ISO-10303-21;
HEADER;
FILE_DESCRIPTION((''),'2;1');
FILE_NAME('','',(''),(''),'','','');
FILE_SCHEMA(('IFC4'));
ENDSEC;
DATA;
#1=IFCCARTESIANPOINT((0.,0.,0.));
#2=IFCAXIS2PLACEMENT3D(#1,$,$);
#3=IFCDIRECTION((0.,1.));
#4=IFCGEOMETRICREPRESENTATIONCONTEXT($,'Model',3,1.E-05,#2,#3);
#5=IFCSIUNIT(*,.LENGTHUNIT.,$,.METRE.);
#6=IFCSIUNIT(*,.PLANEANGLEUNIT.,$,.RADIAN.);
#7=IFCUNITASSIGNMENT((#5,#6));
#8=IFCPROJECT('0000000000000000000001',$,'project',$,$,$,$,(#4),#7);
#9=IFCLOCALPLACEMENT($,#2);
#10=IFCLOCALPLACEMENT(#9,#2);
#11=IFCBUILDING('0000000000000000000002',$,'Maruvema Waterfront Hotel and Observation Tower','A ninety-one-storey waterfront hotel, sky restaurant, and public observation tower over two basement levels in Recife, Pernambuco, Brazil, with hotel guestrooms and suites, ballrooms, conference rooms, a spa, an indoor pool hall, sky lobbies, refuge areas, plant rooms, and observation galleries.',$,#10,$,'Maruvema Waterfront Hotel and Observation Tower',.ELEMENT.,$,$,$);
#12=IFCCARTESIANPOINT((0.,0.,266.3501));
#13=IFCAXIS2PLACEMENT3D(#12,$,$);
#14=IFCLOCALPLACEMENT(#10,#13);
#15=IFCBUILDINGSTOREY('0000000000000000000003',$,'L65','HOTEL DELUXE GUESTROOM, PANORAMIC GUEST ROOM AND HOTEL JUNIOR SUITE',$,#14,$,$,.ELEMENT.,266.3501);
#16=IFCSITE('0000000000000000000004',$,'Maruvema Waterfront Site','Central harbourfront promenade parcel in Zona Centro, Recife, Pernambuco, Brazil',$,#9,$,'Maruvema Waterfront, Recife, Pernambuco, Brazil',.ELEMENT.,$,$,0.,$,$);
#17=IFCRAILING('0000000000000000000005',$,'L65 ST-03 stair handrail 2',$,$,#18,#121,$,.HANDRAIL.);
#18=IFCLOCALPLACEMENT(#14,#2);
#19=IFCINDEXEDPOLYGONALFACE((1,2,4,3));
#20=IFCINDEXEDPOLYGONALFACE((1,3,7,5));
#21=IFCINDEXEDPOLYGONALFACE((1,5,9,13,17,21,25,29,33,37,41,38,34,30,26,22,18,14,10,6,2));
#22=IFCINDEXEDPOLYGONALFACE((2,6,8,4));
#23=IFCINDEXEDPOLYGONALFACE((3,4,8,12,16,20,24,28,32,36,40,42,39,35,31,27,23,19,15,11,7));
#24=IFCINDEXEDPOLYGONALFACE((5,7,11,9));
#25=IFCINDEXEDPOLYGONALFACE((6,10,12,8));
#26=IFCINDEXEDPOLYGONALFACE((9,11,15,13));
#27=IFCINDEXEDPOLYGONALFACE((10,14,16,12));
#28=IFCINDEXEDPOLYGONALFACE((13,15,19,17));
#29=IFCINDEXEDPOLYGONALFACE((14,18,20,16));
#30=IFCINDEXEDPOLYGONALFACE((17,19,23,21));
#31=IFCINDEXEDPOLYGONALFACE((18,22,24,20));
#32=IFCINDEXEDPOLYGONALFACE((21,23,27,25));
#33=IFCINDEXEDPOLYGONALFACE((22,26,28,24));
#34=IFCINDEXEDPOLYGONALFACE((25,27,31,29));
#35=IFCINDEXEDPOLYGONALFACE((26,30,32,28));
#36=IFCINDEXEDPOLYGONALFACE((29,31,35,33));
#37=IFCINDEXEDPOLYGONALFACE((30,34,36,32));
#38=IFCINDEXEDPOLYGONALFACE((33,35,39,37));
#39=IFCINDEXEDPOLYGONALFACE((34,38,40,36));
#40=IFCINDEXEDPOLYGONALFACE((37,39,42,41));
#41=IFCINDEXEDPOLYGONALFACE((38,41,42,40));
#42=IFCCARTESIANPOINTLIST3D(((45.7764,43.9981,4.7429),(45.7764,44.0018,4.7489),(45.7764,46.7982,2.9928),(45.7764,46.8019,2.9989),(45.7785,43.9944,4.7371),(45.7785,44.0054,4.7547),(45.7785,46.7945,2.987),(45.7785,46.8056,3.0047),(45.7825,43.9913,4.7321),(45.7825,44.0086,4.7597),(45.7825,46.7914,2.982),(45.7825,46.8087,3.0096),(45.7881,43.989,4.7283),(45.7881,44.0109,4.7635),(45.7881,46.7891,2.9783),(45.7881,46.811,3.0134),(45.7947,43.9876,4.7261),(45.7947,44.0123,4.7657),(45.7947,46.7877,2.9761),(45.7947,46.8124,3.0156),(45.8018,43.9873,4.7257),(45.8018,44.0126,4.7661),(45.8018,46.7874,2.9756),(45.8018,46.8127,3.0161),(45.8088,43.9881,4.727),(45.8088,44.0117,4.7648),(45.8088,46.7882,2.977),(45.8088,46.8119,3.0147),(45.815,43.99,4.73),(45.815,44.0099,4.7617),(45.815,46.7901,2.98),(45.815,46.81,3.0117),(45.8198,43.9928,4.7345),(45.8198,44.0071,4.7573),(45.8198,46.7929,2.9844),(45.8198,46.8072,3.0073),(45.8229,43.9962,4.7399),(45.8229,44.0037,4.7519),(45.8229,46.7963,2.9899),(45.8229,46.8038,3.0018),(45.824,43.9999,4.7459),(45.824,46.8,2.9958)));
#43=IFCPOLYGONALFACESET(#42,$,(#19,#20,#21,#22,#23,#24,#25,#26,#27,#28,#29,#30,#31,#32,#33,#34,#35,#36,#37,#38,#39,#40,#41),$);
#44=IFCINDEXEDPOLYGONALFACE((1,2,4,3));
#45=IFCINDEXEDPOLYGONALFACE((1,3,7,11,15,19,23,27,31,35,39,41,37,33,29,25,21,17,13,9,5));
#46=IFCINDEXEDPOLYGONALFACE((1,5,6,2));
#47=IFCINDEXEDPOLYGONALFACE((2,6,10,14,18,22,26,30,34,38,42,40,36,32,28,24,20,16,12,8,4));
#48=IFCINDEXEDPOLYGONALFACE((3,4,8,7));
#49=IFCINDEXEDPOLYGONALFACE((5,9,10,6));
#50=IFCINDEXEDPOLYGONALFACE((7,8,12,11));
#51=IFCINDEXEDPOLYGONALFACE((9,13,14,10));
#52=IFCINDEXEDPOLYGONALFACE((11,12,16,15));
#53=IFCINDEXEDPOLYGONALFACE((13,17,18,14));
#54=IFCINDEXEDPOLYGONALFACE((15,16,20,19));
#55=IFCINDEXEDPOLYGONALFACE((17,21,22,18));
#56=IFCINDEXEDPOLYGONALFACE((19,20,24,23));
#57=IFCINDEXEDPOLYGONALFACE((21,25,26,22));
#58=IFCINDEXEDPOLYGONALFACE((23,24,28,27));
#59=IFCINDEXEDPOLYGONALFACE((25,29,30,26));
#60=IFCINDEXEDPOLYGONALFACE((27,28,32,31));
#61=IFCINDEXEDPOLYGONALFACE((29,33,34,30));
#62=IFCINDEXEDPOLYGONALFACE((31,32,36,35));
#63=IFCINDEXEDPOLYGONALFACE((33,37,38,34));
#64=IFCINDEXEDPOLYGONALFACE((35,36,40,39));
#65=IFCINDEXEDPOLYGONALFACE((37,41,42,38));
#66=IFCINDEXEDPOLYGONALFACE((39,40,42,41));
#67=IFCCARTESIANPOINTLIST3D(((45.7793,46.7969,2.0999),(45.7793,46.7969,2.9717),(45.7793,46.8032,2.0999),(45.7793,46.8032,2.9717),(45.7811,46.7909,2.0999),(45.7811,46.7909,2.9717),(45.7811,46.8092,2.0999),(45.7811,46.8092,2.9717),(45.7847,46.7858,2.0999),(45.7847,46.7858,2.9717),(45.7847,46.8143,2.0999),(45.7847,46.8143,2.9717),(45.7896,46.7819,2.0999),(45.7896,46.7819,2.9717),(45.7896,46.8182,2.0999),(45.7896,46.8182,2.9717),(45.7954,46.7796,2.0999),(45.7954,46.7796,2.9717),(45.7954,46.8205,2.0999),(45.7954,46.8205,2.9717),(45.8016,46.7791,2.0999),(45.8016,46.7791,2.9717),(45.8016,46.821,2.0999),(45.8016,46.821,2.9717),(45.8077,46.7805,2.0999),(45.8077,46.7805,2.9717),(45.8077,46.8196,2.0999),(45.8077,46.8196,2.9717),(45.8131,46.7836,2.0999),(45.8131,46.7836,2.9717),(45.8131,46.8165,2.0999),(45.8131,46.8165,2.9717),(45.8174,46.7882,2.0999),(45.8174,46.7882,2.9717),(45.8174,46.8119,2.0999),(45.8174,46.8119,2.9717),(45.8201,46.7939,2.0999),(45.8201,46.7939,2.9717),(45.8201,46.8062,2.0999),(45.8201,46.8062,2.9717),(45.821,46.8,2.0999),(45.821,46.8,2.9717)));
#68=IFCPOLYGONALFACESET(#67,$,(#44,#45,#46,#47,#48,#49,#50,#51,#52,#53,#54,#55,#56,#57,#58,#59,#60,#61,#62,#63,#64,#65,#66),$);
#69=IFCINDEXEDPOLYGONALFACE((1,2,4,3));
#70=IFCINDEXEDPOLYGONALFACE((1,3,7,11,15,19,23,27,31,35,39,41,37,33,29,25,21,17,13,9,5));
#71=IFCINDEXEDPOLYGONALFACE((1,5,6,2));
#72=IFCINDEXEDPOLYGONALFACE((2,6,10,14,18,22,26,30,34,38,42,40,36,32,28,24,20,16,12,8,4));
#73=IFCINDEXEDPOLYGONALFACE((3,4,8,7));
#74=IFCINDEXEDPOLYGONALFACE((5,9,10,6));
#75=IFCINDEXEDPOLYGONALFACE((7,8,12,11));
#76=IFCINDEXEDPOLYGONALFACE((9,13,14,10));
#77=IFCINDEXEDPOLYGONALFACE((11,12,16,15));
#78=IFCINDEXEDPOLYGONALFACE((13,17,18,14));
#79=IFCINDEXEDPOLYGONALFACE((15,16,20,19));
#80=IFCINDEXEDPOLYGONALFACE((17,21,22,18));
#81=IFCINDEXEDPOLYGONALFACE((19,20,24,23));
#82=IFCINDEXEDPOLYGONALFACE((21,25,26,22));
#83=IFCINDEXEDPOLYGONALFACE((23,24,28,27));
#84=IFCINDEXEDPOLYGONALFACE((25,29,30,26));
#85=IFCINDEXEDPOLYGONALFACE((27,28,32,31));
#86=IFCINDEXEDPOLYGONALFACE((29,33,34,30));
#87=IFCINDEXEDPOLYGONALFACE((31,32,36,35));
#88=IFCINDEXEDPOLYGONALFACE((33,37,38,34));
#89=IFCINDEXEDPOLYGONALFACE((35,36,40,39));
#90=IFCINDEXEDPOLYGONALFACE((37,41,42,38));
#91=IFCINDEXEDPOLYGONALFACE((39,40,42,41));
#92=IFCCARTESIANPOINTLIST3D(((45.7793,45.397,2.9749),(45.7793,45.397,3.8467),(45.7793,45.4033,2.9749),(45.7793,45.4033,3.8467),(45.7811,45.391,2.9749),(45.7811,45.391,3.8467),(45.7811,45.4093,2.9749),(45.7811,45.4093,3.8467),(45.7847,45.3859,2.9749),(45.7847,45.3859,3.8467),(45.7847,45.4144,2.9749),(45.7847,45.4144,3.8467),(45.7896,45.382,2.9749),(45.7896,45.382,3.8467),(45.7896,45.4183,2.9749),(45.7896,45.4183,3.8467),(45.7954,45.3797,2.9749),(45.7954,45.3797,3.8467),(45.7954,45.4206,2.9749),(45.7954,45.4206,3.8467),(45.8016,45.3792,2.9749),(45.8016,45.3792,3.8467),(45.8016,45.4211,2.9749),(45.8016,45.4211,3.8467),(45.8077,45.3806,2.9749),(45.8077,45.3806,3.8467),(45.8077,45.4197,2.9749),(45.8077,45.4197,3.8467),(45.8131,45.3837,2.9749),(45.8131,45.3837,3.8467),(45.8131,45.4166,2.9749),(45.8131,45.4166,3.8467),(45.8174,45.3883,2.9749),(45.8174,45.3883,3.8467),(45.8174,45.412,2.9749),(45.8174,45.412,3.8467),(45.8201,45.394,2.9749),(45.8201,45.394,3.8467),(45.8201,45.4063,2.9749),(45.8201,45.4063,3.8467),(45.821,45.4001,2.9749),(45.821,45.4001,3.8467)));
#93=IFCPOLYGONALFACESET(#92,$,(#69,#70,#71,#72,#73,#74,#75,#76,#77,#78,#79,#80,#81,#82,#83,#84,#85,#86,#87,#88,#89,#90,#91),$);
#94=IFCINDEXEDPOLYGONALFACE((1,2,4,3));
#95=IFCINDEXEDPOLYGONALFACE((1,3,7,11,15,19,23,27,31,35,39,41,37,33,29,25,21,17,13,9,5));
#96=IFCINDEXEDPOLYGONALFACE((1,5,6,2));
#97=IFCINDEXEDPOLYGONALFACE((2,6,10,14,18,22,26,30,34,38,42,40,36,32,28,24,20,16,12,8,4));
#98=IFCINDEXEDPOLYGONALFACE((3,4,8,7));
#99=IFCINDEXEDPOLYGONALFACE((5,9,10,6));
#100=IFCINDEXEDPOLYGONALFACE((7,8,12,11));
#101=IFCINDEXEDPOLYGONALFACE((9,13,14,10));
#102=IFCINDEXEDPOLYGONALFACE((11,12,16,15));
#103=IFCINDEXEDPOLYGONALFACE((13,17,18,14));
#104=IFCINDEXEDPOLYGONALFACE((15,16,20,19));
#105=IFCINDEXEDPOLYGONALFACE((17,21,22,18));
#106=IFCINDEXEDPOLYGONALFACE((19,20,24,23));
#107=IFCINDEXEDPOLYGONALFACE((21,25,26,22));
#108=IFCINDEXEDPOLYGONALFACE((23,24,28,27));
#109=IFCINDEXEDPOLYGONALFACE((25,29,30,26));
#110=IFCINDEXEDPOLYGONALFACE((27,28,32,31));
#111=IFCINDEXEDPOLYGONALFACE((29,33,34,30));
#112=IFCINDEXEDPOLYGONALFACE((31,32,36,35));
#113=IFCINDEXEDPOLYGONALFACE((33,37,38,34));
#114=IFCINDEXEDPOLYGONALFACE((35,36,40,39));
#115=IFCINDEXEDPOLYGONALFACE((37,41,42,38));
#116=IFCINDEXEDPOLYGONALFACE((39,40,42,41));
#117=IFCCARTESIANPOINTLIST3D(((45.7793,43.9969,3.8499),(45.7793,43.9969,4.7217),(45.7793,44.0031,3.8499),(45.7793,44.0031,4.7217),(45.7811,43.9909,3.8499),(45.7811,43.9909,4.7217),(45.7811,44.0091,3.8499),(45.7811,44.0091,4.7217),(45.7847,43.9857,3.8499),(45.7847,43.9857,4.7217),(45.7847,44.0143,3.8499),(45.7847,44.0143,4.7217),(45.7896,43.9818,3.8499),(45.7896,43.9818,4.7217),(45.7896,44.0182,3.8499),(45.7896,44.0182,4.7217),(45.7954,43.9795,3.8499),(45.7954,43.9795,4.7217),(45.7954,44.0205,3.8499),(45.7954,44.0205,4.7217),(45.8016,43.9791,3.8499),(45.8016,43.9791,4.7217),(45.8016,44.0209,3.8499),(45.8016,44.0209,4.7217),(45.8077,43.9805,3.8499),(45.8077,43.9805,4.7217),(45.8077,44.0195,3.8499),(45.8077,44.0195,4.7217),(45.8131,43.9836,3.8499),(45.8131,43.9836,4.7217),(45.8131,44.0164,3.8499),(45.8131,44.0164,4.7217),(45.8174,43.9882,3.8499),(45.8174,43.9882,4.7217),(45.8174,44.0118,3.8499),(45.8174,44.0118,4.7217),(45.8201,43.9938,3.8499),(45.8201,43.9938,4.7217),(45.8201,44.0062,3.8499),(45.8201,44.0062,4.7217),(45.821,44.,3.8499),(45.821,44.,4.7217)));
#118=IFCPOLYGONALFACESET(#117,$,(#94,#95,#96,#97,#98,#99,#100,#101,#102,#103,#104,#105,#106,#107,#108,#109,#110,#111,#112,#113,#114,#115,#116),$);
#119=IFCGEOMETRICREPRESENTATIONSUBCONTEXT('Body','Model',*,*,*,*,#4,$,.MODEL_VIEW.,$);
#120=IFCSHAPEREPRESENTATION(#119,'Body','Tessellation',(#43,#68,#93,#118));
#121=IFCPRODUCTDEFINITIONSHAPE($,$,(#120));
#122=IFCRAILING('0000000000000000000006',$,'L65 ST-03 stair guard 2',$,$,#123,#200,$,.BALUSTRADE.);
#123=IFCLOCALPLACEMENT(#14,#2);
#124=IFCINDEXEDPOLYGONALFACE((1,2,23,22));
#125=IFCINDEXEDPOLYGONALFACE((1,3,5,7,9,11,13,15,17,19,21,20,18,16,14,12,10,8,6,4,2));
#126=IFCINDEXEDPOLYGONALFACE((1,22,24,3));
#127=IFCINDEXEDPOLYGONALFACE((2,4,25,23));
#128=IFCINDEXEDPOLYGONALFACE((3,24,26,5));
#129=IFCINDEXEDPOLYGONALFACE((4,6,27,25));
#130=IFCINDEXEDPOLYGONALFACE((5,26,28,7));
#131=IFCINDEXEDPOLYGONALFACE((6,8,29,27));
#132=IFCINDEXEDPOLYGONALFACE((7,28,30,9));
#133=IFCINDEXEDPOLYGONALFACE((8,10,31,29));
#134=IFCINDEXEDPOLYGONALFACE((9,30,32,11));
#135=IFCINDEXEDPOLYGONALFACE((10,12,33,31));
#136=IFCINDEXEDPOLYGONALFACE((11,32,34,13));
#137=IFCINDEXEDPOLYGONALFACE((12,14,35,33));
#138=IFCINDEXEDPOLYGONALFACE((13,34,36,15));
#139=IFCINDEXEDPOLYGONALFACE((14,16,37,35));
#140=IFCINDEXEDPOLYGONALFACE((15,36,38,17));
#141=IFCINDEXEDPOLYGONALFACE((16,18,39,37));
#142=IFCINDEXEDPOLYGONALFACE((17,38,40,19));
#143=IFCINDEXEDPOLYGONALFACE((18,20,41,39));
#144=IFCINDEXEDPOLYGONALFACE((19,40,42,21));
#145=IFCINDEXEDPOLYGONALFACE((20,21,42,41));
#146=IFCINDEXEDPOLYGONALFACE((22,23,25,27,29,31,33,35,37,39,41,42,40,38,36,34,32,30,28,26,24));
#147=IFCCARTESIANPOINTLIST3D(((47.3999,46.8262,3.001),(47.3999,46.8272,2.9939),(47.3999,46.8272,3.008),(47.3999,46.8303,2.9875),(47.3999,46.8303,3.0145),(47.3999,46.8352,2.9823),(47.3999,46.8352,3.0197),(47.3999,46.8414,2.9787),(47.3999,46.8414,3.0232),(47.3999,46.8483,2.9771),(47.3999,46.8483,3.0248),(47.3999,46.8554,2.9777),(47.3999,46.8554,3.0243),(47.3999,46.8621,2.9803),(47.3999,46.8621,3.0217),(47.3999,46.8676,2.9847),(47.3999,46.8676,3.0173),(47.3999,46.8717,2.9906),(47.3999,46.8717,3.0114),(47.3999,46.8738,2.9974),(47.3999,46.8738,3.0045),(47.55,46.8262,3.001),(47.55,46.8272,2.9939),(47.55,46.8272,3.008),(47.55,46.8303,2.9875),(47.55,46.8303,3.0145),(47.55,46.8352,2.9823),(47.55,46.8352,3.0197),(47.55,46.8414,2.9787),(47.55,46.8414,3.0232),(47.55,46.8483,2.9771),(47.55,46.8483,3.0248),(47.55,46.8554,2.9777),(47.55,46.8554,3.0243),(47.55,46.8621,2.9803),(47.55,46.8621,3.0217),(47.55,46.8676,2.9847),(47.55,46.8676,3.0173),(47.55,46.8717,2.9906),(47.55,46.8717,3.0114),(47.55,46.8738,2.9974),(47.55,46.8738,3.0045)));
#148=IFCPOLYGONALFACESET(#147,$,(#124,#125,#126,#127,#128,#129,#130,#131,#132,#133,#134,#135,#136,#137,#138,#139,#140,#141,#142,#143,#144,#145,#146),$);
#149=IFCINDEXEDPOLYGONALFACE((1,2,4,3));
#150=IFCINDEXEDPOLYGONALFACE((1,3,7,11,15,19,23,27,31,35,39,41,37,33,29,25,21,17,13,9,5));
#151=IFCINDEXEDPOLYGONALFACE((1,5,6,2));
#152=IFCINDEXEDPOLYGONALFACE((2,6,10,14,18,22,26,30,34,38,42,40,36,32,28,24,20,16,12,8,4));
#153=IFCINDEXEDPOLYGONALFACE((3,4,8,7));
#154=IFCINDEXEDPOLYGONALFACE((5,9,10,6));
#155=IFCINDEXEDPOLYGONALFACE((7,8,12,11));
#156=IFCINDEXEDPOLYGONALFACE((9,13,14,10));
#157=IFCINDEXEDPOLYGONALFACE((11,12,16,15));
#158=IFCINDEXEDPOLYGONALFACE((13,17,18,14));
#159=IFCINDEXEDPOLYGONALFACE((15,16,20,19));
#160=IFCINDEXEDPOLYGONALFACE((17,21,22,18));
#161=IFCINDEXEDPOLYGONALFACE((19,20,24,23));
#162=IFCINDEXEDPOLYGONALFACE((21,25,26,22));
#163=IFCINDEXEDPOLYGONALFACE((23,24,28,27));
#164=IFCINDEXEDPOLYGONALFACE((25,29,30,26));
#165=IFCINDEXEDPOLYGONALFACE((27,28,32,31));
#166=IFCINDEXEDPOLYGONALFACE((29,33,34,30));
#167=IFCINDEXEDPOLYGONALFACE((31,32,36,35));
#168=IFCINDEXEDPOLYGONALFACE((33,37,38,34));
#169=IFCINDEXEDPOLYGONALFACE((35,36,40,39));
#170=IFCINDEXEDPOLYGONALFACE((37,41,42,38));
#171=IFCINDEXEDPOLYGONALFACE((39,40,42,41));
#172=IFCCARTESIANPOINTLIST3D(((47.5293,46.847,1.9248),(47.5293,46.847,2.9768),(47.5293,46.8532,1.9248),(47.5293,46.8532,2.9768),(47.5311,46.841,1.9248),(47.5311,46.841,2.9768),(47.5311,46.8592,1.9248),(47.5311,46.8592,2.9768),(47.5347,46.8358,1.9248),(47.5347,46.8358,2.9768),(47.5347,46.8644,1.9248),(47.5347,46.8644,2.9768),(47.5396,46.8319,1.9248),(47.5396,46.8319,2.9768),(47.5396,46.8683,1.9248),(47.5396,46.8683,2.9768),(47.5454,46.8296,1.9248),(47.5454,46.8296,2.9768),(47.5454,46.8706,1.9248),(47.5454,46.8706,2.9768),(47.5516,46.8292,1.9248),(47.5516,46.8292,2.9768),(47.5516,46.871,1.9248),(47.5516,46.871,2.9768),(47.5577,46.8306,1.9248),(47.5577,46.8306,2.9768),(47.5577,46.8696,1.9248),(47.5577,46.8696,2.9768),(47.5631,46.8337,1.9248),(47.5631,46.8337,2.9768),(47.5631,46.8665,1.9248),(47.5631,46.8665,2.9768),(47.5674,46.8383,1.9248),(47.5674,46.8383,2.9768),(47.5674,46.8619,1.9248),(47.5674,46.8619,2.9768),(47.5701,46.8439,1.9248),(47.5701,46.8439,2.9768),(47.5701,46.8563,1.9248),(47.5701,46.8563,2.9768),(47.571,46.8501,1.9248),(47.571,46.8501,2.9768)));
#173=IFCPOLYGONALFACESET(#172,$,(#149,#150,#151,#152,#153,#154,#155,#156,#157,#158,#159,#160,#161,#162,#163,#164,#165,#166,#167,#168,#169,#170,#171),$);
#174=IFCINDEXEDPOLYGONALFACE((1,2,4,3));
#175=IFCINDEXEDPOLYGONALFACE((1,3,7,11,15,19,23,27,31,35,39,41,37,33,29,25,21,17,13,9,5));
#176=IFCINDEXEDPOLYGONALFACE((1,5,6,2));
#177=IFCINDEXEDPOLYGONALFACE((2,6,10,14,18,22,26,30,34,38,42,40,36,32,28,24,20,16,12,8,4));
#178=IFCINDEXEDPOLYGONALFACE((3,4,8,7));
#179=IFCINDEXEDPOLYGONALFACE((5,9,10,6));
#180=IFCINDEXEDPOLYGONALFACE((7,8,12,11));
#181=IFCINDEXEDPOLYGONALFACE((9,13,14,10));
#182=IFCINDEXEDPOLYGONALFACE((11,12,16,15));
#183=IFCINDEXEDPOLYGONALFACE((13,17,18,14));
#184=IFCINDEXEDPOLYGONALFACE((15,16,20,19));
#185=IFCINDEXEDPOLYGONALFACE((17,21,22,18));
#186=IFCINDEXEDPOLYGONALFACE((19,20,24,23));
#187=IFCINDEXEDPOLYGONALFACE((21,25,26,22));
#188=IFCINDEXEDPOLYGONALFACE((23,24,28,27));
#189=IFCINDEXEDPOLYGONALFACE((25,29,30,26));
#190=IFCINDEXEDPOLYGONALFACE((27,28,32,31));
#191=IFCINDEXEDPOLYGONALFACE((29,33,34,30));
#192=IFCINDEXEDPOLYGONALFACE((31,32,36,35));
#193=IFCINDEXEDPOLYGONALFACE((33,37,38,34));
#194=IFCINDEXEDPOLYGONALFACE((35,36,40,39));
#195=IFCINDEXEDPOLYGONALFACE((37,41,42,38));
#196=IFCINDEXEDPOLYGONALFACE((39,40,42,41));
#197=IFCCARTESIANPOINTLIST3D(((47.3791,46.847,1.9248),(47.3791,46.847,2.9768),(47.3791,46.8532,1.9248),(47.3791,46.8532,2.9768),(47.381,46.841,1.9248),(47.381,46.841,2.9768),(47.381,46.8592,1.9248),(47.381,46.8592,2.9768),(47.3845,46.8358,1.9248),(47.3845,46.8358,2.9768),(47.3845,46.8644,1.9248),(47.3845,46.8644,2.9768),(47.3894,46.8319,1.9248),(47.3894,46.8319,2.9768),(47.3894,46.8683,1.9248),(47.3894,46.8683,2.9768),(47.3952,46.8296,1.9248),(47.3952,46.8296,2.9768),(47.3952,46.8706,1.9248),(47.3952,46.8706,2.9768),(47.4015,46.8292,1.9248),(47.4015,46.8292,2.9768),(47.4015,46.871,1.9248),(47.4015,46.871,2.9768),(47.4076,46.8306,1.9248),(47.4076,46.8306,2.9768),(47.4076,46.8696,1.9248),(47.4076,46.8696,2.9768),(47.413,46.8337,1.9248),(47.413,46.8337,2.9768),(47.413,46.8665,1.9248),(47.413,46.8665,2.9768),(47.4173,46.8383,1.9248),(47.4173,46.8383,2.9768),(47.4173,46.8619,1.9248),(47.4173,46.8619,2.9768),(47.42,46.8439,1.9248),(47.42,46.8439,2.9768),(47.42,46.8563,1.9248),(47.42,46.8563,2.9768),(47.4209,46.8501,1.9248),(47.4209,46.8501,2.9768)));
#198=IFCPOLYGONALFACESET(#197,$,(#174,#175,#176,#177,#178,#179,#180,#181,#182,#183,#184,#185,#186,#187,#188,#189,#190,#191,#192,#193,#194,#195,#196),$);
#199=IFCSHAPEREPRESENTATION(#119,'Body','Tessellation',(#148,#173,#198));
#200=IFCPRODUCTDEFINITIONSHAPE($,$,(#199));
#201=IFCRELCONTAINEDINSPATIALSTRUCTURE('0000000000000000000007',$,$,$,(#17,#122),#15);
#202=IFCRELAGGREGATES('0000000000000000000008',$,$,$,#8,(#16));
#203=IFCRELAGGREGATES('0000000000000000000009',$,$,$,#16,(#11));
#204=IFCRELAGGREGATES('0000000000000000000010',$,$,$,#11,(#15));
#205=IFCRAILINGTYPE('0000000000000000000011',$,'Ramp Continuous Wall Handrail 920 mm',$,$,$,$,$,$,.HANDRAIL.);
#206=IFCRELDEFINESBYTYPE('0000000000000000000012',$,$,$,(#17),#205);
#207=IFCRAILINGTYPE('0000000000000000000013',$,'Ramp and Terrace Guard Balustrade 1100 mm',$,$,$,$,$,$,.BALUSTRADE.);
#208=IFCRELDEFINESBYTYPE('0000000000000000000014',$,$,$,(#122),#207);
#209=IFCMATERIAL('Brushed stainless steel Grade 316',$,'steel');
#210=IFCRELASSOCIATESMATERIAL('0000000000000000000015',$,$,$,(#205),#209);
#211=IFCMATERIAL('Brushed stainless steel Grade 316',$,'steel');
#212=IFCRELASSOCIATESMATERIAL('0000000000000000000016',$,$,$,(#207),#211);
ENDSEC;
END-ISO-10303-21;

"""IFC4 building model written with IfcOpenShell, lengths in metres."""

from ifc_helpers import new_model, si_unit, direction, frame, origin, origin_2d, place, context, subcontext, project, spatial, circle, extrude, material, type_object, element, save


model = new_model("IFC4")

# Units and contexts
model_context = context("Model", 3, precision=1e-05, world=origin(), true_north=direction((0.0, 1.0)))
body_context = subcontext(model_context, "Body", "Model", "MODEL_VIEW")
ifc_project = project(units=[si_unit("LENGTHUNIT", "METRE"), si_unit("PLANEANGLEUNIT", "RADIAN")], contexts=[model_context])

# Site, building, storey
site_placement = place(None, origin())
site = spatial("IfcSite", under=ifc_project, at=site_placement, Name="Maruvema Waterfront Site", Description="Central harbourfront promenade parcel in Zona Centro, Recife, Pernambuco, Brazil", LongName="Maruvema Waterfront, Recife, Pernambuco, Brazil", CompositionType="ELEMENT", RefElevation=0.0)
building_placement = place(site_placement, origin())
building = spatial("IfcBuilding", under=site, at=building_placement, Name="Maruvema Waterfront Hotel and Observation Tower", Description="A ninety-one-storey waterfront hotel, sky restaurant, and public observation tower over two basement levels in Recife, Pernambuco, Brazil, with hotel guestrooms and suites, ballrooms, conference rooms, a spa, an indoor pool hall, sky lobbies, refuge areas, plant rooms, and observation galleries.", LongName="Maruvema Waterfront Hotel and Observation Tower", CompositionType="ELEMENT")
storey_placement = place(building_placement, frame((0.0, 0.0, 266.3501)))
storey = spatial("IfcBuildingStorey", under=building, at=storey_placement, Name="L65", Description="HOTEL DELUXE GUESTROOM, PANORAMIC GUEST ROOM AND HOTEL JUNIOR SUITE", CompositionType="ELEMENT", Elevation=266.3501)

# Railings
ifc_material_1 = material(Name="Brushed stainless steel Grade 316", Category="steel")
railing_type_1 = type_object("IfcRailingType", Name="Ramp Continuous Wall Handrail 920 mm", PredefinedType="HANDRAIL", material=ifc_material_1)
railing_1_placement = place(storey_placement, frame((45.8, 46.8, 2.0999)))
element("IfcRailing", 1, at=railing_1_placement, inside=storey, type_object=railing_type_1, Name="L65 ST-03 stair handrail 2", PredefinedType="HANDRAIL", context=body_context, shape_type="SweptSolid", body=[
    extrude(circle(Radius=0.0239, at=origin_2d()), frame((0.0, 0.0, 0.896), z_axis=(0.0, -0.848002, 0.529992), x_axis=(1.0, 0.0, 0.0)), (0.0, 0.0, 1.0), 3.302),
    extrude(circle(Radius=0.021, at=origin_2d()), origin(), (0.0, 0.0, 1.0), 0.8718),
    extrude(circle(Radius=0.021, at=origin_2d()), frame((0.0, -1.3999, 0.875)), (0.0, 0.0, 1.0), 0.8718),
    extrude(circle(Radius=0.021, at=origin_2d()), frame((0.0, -2.8, 1.75)), (0.0, 0.0, 1.0), 0.8718),
])
ifc_material_2 = material(Name="Brushed stainless steel Grade 316", Category="steel")
railing_type_2 = type_object("IfcRailingType", Name="Ramp and Terrace Guard Balustrade 1100 mm", PredefinedType="BALUSTRADE", material=ifc_material_2)
railing_2_placement = place(storey_placement, frame((47.55, 46.8501, 1.9248)))
element("IfcRailing", 2, at=railing_2_placement, inside=storey, type_object=railing_type_2, Name="L65 ST-03 stair guard 2", PredefinedType="BALUSTRADE", context=body_context, shape_type="SweptSolid", body=[
    extrude(circle(Radius=0.0239, at=origin_2d()), frame((0.0, 0.0, 1.0762), z_axis=(-1.0, 0.0, 0.0), x_axis=(0.0, -1.0, 0.0)), (0.0, 0.0, 1.0), 0.1501),
    extrude(circle(Radius=0.021, at=origin_2d()), origin(), (0.0, 0.0, 1.0), 1.052),
    extrude(circle(Radius=0.021, at=origin_2d()), frame((-0.1501, 0.0, 0.0)), (0.0, 0.0, 1.0), 1.052),
])

save(model, "model.ifc")
